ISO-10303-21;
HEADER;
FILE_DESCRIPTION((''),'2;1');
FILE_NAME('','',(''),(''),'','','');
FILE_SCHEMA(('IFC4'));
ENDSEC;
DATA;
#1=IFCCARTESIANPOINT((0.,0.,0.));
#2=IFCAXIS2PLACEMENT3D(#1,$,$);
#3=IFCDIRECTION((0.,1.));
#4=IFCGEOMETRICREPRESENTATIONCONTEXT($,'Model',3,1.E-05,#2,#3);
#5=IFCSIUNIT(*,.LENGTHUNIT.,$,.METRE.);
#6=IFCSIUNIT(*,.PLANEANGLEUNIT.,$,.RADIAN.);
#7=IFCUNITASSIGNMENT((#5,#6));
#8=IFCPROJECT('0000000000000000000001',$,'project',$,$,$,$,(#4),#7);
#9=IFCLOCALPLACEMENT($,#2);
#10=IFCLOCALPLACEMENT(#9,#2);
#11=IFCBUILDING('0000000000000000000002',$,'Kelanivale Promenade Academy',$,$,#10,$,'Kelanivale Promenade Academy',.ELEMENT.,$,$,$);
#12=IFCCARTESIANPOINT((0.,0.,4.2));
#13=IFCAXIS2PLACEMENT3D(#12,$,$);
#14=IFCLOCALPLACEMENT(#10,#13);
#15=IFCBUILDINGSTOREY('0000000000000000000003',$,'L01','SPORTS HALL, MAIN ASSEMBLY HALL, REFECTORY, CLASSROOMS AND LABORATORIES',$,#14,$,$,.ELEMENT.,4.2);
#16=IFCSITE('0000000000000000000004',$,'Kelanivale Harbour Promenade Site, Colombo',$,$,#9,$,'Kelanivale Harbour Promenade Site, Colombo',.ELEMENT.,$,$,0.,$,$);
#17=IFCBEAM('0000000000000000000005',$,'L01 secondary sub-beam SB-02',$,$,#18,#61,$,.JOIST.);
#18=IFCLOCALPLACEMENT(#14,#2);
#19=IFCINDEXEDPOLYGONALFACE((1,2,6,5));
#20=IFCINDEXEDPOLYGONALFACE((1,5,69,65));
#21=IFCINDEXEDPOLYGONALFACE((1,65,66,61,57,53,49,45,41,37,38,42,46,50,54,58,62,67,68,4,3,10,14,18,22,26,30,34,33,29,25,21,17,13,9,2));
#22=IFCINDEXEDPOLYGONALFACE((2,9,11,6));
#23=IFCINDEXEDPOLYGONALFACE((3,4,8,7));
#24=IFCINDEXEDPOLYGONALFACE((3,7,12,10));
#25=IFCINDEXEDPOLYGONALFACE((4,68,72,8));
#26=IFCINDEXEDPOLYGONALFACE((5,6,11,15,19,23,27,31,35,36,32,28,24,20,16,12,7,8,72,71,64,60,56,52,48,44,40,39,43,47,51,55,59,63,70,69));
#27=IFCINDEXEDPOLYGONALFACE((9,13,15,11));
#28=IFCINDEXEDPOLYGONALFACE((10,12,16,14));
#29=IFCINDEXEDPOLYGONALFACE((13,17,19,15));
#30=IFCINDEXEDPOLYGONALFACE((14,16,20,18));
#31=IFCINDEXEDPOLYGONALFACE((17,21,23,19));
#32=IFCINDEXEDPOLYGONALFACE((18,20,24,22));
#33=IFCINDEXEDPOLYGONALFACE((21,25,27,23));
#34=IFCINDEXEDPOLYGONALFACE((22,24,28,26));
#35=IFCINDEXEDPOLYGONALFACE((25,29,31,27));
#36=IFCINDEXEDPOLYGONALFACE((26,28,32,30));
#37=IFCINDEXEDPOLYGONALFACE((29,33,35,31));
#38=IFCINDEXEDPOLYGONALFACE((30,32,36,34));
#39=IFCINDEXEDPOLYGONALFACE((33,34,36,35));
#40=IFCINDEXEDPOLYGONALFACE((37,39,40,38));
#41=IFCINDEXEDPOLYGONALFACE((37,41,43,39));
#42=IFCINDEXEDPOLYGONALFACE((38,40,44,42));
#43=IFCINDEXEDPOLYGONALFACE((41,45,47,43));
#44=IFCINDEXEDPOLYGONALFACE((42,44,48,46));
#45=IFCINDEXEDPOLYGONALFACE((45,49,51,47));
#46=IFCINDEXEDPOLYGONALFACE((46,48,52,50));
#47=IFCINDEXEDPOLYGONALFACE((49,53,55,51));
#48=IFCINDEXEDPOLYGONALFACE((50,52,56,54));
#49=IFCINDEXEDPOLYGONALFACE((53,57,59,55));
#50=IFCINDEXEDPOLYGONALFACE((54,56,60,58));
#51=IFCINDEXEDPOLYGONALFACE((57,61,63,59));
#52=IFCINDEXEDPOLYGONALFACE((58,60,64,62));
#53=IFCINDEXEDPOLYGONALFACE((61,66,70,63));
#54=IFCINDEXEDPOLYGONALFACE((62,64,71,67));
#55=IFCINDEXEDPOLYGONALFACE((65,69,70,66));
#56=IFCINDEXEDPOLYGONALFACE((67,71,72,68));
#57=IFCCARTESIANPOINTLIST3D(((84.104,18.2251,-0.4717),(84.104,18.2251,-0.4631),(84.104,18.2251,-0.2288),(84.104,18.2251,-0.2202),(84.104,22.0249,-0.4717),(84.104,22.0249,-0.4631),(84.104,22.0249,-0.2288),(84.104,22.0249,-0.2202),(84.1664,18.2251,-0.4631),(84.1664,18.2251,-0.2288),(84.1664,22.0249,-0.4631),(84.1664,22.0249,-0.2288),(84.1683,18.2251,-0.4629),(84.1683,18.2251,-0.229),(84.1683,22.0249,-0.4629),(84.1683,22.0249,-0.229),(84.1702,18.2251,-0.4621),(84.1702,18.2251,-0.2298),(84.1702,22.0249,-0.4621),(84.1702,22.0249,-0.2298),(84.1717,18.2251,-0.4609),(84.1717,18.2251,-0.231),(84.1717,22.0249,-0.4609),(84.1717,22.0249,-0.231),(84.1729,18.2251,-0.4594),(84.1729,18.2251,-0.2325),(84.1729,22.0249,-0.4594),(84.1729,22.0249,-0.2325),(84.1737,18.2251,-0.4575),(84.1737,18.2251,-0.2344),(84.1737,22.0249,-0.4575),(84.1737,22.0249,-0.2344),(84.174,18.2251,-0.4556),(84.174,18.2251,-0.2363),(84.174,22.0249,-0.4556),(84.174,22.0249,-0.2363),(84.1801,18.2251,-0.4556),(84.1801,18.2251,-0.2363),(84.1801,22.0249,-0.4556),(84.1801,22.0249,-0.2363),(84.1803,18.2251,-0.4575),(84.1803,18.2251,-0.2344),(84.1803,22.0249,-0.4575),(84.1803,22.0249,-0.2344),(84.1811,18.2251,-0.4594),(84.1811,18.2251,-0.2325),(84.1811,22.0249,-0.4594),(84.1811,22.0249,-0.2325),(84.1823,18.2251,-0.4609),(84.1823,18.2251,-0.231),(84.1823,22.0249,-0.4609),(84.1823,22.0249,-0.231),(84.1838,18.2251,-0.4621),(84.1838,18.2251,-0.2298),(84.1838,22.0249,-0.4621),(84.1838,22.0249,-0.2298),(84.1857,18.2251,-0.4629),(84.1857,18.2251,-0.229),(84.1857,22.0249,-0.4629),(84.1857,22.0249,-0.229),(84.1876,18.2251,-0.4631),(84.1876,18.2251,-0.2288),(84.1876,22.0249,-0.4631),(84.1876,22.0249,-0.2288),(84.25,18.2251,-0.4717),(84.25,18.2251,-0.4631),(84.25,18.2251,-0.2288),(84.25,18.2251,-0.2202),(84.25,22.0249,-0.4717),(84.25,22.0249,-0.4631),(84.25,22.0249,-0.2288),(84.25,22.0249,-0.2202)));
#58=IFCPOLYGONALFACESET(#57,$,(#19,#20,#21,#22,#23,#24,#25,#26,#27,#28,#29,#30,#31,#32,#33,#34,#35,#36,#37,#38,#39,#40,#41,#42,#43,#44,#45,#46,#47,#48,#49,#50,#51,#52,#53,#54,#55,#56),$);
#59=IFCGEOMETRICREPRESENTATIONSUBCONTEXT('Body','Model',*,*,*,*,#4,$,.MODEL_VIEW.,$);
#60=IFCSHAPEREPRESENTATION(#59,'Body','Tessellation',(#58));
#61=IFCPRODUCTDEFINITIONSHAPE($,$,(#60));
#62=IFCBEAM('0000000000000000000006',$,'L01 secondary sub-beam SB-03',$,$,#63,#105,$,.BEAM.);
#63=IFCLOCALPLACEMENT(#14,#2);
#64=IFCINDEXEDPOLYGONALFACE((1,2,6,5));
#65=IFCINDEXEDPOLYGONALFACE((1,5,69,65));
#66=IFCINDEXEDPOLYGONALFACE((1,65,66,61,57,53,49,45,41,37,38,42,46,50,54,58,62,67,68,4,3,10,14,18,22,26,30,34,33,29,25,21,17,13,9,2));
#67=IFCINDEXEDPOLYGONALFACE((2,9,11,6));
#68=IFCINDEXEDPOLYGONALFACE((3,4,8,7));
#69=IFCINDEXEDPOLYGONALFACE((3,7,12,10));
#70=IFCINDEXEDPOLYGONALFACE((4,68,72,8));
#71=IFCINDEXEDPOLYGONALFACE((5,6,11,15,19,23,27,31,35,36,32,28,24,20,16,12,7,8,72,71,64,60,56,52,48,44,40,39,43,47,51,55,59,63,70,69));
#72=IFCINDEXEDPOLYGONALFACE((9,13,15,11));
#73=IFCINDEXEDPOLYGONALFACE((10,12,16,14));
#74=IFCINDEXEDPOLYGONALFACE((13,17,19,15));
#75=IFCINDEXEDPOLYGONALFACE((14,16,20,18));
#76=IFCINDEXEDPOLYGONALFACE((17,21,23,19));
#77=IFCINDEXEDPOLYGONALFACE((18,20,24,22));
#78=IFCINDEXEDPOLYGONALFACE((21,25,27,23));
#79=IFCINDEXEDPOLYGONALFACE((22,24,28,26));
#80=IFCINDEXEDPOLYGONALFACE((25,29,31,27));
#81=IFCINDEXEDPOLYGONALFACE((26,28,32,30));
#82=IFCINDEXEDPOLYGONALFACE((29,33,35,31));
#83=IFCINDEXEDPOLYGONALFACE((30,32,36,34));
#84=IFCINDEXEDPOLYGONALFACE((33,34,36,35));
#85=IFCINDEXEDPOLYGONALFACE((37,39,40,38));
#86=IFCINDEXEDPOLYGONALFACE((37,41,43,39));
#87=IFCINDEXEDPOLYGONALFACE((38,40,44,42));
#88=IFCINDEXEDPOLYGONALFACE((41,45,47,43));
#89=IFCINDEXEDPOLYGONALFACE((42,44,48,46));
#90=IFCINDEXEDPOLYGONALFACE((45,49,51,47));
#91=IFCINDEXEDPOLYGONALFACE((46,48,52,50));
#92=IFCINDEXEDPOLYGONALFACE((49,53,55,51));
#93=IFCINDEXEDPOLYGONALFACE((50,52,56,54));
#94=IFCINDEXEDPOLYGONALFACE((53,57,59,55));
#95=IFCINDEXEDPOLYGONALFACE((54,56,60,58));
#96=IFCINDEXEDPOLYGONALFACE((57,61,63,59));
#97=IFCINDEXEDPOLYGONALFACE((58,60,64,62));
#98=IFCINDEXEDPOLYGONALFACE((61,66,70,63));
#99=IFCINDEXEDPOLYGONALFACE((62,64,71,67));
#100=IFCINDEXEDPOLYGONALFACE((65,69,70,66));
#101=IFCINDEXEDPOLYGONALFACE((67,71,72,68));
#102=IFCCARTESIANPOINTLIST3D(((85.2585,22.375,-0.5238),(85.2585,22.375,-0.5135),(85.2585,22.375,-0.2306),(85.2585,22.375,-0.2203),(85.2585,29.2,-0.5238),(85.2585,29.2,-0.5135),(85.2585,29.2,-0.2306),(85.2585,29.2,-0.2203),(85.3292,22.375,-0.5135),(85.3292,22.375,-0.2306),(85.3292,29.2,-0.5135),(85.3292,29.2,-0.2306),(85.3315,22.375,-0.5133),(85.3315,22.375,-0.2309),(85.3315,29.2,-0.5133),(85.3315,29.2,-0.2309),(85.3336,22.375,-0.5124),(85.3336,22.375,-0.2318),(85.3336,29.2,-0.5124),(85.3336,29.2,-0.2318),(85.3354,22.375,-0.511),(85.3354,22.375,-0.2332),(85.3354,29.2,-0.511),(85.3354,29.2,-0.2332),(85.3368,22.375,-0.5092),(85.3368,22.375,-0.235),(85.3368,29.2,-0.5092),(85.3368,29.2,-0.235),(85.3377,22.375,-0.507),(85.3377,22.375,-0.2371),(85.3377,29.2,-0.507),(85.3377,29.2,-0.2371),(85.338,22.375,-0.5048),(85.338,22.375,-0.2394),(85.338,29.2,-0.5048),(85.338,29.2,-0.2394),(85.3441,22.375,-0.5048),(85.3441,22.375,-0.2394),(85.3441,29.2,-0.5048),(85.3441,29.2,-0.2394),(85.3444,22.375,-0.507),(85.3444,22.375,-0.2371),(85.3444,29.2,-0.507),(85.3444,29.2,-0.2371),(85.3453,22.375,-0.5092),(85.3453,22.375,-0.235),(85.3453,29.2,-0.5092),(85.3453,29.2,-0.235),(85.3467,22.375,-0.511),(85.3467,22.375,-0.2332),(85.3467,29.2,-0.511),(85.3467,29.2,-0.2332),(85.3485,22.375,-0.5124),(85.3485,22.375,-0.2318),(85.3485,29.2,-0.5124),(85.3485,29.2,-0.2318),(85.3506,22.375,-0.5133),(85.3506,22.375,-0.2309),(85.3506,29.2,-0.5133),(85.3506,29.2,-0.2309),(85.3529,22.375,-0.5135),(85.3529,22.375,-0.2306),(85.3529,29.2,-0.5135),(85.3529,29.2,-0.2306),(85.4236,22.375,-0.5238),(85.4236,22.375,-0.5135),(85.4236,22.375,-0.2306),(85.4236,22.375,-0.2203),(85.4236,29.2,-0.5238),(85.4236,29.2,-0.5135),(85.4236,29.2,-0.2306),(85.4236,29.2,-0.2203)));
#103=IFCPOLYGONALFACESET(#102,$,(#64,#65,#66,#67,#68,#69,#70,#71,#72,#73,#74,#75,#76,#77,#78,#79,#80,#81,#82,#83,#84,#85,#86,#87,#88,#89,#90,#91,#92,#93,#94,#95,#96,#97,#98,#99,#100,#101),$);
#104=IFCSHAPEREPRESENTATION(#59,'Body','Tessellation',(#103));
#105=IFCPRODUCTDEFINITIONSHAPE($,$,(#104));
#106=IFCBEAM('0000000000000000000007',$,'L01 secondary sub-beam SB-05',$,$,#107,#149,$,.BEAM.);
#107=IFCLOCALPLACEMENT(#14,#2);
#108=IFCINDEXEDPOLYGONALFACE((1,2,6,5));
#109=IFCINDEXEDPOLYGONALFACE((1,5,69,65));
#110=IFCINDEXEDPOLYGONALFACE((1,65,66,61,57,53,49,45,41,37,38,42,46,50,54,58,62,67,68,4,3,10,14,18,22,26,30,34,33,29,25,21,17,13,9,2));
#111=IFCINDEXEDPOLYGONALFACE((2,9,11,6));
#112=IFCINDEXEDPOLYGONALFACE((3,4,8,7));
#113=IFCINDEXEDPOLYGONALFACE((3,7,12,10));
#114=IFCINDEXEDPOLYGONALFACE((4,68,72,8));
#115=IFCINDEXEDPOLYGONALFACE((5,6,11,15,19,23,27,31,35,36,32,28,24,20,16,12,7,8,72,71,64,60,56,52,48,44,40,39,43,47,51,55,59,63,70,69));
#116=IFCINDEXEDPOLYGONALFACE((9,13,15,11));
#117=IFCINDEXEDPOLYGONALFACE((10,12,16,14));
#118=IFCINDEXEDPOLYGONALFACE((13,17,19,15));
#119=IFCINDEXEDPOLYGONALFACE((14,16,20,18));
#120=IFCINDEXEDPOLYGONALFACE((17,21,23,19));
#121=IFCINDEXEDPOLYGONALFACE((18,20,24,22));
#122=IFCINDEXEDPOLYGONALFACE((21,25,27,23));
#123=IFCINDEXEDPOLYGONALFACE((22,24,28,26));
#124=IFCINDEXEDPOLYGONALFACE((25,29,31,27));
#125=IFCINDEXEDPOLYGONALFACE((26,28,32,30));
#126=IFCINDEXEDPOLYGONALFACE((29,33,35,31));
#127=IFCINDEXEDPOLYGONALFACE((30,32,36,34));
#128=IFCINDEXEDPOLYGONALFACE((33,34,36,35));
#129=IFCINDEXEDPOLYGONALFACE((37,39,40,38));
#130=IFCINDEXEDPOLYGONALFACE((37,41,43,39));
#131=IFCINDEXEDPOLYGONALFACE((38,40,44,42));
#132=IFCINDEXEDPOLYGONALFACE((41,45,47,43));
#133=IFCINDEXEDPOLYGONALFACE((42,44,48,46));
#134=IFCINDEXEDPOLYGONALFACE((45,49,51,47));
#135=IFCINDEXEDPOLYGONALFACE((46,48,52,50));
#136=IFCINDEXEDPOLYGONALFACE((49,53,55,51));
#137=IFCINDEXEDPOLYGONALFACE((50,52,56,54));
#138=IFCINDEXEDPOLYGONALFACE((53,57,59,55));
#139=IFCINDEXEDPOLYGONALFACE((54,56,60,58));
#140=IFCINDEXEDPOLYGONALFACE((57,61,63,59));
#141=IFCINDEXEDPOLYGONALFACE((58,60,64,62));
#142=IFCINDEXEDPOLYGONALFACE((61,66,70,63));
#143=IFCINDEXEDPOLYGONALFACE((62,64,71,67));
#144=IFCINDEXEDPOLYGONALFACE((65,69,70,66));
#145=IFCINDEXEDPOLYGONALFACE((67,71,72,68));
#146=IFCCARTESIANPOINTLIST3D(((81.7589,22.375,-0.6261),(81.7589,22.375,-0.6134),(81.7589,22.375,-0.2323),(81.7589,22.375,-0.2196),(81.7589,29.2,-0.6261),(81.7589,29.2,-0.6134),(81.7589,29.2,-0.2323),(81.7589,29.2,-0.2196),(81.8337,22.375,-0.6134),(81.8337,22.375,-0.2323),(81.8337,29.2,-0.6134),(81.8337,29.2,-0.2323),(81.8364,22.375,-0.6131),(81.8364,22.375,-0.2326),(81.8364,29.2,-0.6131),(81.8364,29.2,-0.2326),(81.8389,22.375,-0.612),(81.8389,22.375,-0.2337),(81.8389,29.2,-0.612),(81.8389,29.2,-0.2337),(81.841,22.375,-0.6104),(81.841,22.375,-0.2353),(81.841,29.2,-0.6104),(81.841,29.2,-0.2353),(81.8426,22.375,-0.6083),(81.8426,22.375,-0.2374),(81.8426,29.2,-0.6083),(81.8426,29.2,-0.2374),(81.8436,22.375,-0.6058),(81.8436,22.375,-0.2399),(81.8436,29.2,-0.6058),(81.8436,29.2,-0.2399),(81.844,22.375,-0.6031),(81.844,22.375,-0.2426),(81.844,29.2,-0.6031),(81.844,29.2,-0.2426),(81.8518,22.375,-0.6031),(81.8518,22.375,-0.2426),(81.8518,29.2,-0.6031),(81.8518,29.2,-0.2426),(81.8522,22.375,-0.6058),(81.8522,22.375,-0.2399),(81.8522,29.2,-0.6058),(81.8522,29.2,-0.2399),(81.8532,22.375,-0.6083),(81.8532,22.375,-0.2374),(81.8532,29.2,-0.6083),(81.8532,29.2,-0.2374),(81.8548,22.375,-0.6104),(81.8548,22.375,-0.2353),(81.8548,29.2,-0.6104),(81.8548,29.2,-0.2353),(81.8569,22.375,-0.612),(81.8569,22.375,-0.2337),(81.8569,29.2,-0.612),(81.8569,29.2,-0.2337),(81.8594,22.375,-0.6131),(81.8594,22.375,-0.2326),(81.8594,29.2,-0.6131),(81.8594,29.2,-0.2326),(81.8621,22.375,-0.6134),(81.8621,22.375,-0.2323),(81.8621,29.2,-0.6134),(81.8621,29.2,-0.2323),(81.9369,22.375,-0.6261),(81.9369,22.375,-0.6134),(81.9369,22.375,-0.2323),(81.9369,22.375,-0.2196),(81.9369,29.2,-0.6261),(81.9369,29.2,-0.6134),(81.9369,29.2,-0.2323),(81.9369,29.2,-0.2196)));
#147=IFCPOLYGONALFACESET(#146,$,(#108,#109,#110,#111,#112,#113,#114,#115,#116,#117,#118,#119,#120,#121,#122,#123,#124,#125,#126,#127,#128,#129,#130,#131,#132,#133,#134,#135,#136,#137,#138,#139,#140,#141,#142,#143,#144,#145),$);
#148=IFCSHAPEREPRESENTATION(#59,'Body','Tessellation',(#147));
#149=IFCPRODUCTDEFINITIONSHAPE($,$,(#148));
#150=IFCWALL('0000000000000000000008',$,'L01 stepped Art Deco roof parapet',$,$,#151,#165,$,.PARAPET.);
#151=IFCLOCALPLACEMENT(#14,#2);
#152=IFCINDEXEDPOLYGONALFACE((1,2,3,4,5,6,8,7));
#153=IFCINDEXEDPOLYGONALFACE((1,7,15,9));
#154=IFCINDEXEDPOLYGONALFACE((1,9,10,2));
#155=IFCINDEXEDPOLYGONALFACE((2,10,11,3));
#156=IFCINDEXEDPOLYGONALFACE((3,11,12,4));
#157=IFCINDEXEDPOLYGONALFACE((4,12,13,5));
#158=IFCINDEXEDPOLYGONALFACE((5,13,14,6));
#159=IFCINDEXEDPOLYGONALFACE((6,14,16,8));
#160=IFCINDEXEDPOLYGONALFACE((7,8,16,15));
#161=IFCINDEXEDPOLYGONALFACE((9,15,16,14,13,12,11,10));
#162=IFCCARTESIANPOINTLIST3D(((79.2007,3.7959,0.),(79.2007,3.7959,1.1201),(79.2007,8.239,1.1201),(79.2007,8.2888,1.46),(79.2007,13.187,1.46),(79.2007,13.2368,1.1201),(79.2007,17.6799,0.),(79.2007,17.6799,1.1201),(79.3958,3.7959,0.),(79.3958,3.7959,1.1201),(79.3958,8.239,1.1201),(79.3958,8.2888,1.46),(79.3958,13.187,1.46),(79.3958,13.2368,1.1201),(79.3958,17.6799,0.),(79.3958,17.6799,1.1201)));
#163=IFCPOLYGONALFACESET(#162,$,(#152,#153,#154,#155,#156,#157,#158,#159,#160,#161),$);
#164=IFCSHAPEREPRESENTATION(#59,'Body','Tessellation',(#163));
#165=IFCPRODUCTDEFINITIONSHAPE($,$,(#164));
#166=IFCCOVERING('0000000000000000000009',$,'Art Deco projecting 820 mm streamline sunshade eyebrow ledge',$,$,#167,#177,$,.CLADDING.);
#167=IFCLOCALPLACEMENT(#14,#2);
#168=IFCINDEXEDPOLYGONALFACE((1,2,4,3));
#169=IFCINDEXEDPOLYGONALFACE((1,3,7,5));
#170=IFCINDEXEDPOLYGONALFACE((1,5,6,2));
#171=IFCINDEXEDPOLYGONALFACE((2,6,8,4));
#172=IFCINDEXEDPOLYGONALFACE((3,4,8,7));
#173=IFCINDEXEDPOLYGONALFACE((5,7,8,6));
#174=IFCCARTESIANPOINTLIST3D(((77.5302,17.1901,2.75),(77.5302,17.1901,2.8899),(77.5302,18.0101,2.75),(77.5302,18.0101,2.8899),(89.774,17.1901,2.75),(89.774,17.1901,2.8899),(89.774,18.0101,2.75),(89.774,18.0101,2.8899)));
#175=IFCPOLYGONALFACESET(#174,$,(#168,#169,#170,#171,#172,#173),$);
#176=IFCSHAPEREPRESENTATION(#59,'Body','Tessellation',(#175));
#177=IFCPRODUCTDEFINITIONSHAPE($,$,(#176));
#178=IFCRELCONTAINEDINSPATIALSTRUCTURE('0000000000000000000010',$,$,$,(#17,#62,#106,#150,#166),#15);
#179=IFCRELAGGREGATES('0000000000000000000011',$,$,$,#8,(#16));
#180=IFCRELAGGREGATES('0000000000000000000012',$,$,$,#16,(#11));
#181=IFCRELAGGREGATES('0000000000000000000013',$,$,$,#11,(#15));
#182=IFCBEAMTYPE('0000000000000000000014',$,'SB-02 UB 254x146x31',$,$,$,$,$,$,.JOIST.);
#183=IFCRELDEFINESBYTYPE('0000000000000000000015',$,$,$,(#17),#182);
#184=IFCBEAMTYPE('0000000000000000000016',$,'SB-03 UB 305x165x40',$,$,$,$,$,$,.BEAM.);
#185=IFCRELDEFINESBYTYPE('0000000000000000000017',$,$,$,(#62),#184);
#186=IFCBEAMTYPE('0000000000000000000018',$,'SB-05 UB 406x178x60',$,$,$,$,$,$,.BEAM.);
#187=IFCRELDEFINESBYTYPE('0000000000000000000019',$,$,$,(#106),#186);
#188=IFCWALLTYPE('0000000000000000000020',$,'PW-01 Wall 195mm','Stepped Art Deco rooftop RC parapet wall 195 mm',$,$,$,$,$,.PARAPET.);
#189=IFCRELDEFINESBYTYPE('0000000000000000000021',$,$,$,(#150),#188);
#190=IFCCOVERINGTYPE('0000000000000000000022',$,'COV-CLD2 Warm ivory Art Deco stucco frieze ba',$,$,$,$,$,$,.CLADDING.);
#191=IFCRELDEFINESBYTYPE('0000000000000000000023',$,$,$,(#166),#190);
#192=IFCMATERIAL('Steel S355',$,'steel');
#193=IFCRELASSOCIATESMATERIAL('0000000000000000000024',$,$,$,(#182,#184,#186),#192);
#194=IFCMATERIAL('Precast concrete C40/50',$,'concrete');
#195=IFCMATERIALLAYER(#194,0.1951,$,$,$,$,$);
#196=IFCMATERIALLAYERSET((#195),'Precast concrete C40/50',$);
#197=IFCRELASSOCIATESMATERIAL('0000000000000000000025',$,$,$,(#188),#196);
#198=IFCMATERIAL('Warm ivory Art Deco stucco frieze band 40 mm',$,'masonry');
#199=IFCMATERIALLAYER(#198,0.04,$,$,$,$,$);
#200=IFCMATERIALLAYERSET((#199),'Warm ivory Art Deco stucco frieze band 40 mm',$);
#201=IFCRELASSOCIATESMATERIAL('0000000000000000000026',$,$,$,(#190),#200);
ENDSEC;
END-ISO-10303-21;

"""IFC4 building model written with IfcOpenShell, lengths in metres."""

from ifc_helpers import new_model, si_unit, direction, frame, origin, origin_2d, place, context, subcontext, project, spatial, polyline, rectangle, i_section, outline, extrude, material, layer, layer_set, material_profile, profile_set, type_object, element, save


model = new_model("IFC4")

# Units and contexts
model_context = context("Model", 3, precision=1e-05, world=origin(), true_north=direction((0.0, 1.0)))
body_context = subcontext(model_context, "Body", "Model", "MODEL_VIEW")
ifc_project = project(units=[si_unit("LENGTHUNIT", "METRE"), si_unit("PLANEANGLEUNIT", "RADIAN")], contexts=[model_context])

# Site, building, storey
site_placement = place(None, origin())
site = spatial("IfcSite", under=ifc_project, at=site_placement, Name="Kelanivale Harbour Promenade Site, Colombo", LongName="Kelanivale Harbour Promenade Site, Colombo", CompositionType="ELEMENT", RefElevation=0.0)
building_placement = place(site_placement, origin())
building = spatial("IfcBuilding", under=site, at=building_placement, Name="Kelanivale Promenade Academy", LongName="Kelanivale Promenade Academy", CompositionType="ELEMENT")
storey_placement = place(building_placement, frame((0.0, 0.0, 4.2)))
storey = spatial("IfcBuildingStorey", under=building, at=storey_placement, Name="L01", Description="SPORTS HALL, MAIN ASSEMBLY HALL, REFECTORY, CLASSROOMS AND LABORATORIES", CompositionType="ELEMENT", Elevation=4.2)

# Beams
ifc_material_1 = material(Name="Steel S355", Category="steel")
ifc_material_profile_1 = material_profile(ifc_material_1, i_section(OverallWidth=0.146, OverallDepth=0.2515, WebThickness=0.0061, FlangeThickness=0.0085, FilletRadius=0.0076, at=origin_2d()), Name="UB 254x146x31")
ifc_profile_set_1 = profile_set([ifc_material_profile_1], Name="Steel S355")
beam_type_1 = type_object("IfcBeamType", Name="SB-02 UB 254x146x31", PredefinedType="JOIST", material=ifc_profile_set_1)
beam_1_placement = place(storey_placement, frame((84.177, 18.2251, -0.3459), z_axis=(0.0, 1.0, 0.0), x_axis=(-1.0, 0.0, 0.0)))
element("IfcBeam", 1, at=beam_1_placement, inside=storey, type_object=beam_type_1, Name="L01 secondary sub-beam SB-02", PredefinedType="JOIST", context=body_context, shape_type="SweptSolid", body=[
    extrude(i_section(OverallWidth=0.146, OverallDepth=0.2515, WebThickness=0.0061, FlangeThickness=0.0085, FilletRadius=0.0076, at=origin_2d()), origin(), (0.0, 0.0, 1.0), 3.7998),
])
ifc_material_profile_2 = material_profile(ifc_material_1, i_section(OverallWidth=0.165, OverallDepth=0.3035, WebThickness=0.0061, FlangeThickness=0.0103, FilletRadius=0.0088, at=origin_2d()), Name="UB 305x165x40")
ifc_profile_set_2 = profile_set([ifc_material_profile_2], Name="Steel S355")
beam_type_2 = type_object("IfcBeamType", Name="SB-03 UB 305x165x40", PredefinedType="BEAM", material=ifc_profile_set_2)
beam_2_placement = place(storey_placement, frame((85.3411, 22.375, -0.3721), z_axis=(0.0, 1.0, 0.0), x_axis=(-1.0, 0.0, 0.0)))
element("IfcBeam", 2, at=beam_2_placement, inside=storey, type_object=beam_type_2, Name="L01 secondary sub-beam SB-03", PredefinedType="BEAM", context=body_context, shape_type="SweptSolid", body=[
    extrude(i_section(OverallWidth=0.165, OverallDepth=0.3035, WebThickness=0.0061, FlangeThickness=0.0103, FilletRadius=0.0088, at=origin_2d()), origin(), (0.0, 0.0, 1.0), 6.825),
])
ifc_material_profile_3 = material_profile(ifc_material_1, i_section(OverallWidth=0.178, OverallDepth=0.4065, WebThickness=0.0078, FlangeThickness=0.0127, FilletRadius=0.0103, at=origin_2d()), Name="UB 406x178x60")
ifc_profile_set_3 = profile_set([ifc_material_profile_3], Name="Steel S355")
beam_type_3 = type_object("IfcBeamType", Name="SB-05 UB 406x178x60", PredefinedType="BEAM", material=ifc_profile_set_3)
beam_3_placement = place(storey_placement, frame((81.8479, 22.375, -0.4229), z_axis=(0.0, 1.0, 0.0), x_axis=(-1.0, 0.0, 0.0)))
element("IfcBeam", 3, at=beam_3_placement, inside=storey, type_object=beam_type_3, Name="L01 secondary sub-beam SB-05", PredefinedType="BEAM", context=body_context, shape_type="SweptSolid", body=[
    extrude(i_section(OverallWidth=0.178, OverallDepth=0.4065, WebThickness=0.0078, FlangeThickness=0.0127, FilletRadius=0.0103, at=origin_2d()), origin(), (0.0, 0.0, 1.0), 6.825),
])

# Wall
ifc_material_2 = material(Name="Precast concrete C40/50", Category="concrete")
ifc_layer_1 = layer(ifc_material_2, 0.1951)
ifc_layer_set_1 = layer_set([ifc_layer_1], Name="Precast concrete C40/50")
wall_type = type_object("IfcWallType", Name="PW-01 Wall 195mm", Description="Stepped Art Deco rooftop RC parapet wall 195 mm", PredefinedType="PARAPET", material=ifc_layer_set_1)
wall_placement = place(storey_placement, frame((79.2981, 17.6799, 0.0), z_axis=(0.0, 0.0, 1.0), x_axis=(0.0, -1.0, 0.0)))
element("IfcWall", 4, at=wall_placement, inside=storey, type_object=wall_type, Name="L01 stepped Art Deco roof parapet", PredefinedType="PARAPET", context=body_context, shape_type="SweptSolid", body=[
    extrude(outline(polyline([(0.0, 0.0), (13.884, 0.0), (13.884, 1.1201), (9.4409, 1.1201), (9.3911, 1.46), (4.4929, 1.46), (4.4431, 1.1201), (0.0, 1.1201), (0.0, 0.0)])), frame((0.0, 0.0977, 0.0), z_axis=(0.0, -1.0, 0.0), x_axis=(1.0, 0.0, 0.0)), (0.0, 0.0, 1.0), 0.1951),
])

# Covering
ifc_material_3 = material(Name="Warm ivory Art Deco stucco frieze band 40 mm", Category="masonry")
ifc_layer_2 = layer(ifc_material_3, 0.04)
ifc_layer_set_2 = layer_set([ifc_layer_2], Name="Warm ivory Art Deco stucco frieze band 40 mm")
covering_type = type_object("IfcCoveringType", Name="COV-CLD2 Warm ivory Art Deco stucco frieze ba", PredefinedType="CLADDING", material=ifc_layer_set_2)
covering_1_placement = place(storey_placement, frame((83.6521, 17.6001, 2.75), z_axis=(0.0, 0.0, 1.0), x_axis=(1.0, 0.0, 0.0)))
element("IfcCovering", 5, at=covering_1_placement, inside=storey, type_object=covering_type, Name="Art Deco projecting 820 mm streamline sunshade eyebrow ledge", PredefinedType="CLADDING", context=body_context, shape_type="SweptSolid", body=[
    extrude(rectangle(XDim=12.2439, YDim=0.8201, at=origin_2d()), origin(), (0.0, 0.0, 1.0), 0.1399),
])

save(model, "model.ifc")
